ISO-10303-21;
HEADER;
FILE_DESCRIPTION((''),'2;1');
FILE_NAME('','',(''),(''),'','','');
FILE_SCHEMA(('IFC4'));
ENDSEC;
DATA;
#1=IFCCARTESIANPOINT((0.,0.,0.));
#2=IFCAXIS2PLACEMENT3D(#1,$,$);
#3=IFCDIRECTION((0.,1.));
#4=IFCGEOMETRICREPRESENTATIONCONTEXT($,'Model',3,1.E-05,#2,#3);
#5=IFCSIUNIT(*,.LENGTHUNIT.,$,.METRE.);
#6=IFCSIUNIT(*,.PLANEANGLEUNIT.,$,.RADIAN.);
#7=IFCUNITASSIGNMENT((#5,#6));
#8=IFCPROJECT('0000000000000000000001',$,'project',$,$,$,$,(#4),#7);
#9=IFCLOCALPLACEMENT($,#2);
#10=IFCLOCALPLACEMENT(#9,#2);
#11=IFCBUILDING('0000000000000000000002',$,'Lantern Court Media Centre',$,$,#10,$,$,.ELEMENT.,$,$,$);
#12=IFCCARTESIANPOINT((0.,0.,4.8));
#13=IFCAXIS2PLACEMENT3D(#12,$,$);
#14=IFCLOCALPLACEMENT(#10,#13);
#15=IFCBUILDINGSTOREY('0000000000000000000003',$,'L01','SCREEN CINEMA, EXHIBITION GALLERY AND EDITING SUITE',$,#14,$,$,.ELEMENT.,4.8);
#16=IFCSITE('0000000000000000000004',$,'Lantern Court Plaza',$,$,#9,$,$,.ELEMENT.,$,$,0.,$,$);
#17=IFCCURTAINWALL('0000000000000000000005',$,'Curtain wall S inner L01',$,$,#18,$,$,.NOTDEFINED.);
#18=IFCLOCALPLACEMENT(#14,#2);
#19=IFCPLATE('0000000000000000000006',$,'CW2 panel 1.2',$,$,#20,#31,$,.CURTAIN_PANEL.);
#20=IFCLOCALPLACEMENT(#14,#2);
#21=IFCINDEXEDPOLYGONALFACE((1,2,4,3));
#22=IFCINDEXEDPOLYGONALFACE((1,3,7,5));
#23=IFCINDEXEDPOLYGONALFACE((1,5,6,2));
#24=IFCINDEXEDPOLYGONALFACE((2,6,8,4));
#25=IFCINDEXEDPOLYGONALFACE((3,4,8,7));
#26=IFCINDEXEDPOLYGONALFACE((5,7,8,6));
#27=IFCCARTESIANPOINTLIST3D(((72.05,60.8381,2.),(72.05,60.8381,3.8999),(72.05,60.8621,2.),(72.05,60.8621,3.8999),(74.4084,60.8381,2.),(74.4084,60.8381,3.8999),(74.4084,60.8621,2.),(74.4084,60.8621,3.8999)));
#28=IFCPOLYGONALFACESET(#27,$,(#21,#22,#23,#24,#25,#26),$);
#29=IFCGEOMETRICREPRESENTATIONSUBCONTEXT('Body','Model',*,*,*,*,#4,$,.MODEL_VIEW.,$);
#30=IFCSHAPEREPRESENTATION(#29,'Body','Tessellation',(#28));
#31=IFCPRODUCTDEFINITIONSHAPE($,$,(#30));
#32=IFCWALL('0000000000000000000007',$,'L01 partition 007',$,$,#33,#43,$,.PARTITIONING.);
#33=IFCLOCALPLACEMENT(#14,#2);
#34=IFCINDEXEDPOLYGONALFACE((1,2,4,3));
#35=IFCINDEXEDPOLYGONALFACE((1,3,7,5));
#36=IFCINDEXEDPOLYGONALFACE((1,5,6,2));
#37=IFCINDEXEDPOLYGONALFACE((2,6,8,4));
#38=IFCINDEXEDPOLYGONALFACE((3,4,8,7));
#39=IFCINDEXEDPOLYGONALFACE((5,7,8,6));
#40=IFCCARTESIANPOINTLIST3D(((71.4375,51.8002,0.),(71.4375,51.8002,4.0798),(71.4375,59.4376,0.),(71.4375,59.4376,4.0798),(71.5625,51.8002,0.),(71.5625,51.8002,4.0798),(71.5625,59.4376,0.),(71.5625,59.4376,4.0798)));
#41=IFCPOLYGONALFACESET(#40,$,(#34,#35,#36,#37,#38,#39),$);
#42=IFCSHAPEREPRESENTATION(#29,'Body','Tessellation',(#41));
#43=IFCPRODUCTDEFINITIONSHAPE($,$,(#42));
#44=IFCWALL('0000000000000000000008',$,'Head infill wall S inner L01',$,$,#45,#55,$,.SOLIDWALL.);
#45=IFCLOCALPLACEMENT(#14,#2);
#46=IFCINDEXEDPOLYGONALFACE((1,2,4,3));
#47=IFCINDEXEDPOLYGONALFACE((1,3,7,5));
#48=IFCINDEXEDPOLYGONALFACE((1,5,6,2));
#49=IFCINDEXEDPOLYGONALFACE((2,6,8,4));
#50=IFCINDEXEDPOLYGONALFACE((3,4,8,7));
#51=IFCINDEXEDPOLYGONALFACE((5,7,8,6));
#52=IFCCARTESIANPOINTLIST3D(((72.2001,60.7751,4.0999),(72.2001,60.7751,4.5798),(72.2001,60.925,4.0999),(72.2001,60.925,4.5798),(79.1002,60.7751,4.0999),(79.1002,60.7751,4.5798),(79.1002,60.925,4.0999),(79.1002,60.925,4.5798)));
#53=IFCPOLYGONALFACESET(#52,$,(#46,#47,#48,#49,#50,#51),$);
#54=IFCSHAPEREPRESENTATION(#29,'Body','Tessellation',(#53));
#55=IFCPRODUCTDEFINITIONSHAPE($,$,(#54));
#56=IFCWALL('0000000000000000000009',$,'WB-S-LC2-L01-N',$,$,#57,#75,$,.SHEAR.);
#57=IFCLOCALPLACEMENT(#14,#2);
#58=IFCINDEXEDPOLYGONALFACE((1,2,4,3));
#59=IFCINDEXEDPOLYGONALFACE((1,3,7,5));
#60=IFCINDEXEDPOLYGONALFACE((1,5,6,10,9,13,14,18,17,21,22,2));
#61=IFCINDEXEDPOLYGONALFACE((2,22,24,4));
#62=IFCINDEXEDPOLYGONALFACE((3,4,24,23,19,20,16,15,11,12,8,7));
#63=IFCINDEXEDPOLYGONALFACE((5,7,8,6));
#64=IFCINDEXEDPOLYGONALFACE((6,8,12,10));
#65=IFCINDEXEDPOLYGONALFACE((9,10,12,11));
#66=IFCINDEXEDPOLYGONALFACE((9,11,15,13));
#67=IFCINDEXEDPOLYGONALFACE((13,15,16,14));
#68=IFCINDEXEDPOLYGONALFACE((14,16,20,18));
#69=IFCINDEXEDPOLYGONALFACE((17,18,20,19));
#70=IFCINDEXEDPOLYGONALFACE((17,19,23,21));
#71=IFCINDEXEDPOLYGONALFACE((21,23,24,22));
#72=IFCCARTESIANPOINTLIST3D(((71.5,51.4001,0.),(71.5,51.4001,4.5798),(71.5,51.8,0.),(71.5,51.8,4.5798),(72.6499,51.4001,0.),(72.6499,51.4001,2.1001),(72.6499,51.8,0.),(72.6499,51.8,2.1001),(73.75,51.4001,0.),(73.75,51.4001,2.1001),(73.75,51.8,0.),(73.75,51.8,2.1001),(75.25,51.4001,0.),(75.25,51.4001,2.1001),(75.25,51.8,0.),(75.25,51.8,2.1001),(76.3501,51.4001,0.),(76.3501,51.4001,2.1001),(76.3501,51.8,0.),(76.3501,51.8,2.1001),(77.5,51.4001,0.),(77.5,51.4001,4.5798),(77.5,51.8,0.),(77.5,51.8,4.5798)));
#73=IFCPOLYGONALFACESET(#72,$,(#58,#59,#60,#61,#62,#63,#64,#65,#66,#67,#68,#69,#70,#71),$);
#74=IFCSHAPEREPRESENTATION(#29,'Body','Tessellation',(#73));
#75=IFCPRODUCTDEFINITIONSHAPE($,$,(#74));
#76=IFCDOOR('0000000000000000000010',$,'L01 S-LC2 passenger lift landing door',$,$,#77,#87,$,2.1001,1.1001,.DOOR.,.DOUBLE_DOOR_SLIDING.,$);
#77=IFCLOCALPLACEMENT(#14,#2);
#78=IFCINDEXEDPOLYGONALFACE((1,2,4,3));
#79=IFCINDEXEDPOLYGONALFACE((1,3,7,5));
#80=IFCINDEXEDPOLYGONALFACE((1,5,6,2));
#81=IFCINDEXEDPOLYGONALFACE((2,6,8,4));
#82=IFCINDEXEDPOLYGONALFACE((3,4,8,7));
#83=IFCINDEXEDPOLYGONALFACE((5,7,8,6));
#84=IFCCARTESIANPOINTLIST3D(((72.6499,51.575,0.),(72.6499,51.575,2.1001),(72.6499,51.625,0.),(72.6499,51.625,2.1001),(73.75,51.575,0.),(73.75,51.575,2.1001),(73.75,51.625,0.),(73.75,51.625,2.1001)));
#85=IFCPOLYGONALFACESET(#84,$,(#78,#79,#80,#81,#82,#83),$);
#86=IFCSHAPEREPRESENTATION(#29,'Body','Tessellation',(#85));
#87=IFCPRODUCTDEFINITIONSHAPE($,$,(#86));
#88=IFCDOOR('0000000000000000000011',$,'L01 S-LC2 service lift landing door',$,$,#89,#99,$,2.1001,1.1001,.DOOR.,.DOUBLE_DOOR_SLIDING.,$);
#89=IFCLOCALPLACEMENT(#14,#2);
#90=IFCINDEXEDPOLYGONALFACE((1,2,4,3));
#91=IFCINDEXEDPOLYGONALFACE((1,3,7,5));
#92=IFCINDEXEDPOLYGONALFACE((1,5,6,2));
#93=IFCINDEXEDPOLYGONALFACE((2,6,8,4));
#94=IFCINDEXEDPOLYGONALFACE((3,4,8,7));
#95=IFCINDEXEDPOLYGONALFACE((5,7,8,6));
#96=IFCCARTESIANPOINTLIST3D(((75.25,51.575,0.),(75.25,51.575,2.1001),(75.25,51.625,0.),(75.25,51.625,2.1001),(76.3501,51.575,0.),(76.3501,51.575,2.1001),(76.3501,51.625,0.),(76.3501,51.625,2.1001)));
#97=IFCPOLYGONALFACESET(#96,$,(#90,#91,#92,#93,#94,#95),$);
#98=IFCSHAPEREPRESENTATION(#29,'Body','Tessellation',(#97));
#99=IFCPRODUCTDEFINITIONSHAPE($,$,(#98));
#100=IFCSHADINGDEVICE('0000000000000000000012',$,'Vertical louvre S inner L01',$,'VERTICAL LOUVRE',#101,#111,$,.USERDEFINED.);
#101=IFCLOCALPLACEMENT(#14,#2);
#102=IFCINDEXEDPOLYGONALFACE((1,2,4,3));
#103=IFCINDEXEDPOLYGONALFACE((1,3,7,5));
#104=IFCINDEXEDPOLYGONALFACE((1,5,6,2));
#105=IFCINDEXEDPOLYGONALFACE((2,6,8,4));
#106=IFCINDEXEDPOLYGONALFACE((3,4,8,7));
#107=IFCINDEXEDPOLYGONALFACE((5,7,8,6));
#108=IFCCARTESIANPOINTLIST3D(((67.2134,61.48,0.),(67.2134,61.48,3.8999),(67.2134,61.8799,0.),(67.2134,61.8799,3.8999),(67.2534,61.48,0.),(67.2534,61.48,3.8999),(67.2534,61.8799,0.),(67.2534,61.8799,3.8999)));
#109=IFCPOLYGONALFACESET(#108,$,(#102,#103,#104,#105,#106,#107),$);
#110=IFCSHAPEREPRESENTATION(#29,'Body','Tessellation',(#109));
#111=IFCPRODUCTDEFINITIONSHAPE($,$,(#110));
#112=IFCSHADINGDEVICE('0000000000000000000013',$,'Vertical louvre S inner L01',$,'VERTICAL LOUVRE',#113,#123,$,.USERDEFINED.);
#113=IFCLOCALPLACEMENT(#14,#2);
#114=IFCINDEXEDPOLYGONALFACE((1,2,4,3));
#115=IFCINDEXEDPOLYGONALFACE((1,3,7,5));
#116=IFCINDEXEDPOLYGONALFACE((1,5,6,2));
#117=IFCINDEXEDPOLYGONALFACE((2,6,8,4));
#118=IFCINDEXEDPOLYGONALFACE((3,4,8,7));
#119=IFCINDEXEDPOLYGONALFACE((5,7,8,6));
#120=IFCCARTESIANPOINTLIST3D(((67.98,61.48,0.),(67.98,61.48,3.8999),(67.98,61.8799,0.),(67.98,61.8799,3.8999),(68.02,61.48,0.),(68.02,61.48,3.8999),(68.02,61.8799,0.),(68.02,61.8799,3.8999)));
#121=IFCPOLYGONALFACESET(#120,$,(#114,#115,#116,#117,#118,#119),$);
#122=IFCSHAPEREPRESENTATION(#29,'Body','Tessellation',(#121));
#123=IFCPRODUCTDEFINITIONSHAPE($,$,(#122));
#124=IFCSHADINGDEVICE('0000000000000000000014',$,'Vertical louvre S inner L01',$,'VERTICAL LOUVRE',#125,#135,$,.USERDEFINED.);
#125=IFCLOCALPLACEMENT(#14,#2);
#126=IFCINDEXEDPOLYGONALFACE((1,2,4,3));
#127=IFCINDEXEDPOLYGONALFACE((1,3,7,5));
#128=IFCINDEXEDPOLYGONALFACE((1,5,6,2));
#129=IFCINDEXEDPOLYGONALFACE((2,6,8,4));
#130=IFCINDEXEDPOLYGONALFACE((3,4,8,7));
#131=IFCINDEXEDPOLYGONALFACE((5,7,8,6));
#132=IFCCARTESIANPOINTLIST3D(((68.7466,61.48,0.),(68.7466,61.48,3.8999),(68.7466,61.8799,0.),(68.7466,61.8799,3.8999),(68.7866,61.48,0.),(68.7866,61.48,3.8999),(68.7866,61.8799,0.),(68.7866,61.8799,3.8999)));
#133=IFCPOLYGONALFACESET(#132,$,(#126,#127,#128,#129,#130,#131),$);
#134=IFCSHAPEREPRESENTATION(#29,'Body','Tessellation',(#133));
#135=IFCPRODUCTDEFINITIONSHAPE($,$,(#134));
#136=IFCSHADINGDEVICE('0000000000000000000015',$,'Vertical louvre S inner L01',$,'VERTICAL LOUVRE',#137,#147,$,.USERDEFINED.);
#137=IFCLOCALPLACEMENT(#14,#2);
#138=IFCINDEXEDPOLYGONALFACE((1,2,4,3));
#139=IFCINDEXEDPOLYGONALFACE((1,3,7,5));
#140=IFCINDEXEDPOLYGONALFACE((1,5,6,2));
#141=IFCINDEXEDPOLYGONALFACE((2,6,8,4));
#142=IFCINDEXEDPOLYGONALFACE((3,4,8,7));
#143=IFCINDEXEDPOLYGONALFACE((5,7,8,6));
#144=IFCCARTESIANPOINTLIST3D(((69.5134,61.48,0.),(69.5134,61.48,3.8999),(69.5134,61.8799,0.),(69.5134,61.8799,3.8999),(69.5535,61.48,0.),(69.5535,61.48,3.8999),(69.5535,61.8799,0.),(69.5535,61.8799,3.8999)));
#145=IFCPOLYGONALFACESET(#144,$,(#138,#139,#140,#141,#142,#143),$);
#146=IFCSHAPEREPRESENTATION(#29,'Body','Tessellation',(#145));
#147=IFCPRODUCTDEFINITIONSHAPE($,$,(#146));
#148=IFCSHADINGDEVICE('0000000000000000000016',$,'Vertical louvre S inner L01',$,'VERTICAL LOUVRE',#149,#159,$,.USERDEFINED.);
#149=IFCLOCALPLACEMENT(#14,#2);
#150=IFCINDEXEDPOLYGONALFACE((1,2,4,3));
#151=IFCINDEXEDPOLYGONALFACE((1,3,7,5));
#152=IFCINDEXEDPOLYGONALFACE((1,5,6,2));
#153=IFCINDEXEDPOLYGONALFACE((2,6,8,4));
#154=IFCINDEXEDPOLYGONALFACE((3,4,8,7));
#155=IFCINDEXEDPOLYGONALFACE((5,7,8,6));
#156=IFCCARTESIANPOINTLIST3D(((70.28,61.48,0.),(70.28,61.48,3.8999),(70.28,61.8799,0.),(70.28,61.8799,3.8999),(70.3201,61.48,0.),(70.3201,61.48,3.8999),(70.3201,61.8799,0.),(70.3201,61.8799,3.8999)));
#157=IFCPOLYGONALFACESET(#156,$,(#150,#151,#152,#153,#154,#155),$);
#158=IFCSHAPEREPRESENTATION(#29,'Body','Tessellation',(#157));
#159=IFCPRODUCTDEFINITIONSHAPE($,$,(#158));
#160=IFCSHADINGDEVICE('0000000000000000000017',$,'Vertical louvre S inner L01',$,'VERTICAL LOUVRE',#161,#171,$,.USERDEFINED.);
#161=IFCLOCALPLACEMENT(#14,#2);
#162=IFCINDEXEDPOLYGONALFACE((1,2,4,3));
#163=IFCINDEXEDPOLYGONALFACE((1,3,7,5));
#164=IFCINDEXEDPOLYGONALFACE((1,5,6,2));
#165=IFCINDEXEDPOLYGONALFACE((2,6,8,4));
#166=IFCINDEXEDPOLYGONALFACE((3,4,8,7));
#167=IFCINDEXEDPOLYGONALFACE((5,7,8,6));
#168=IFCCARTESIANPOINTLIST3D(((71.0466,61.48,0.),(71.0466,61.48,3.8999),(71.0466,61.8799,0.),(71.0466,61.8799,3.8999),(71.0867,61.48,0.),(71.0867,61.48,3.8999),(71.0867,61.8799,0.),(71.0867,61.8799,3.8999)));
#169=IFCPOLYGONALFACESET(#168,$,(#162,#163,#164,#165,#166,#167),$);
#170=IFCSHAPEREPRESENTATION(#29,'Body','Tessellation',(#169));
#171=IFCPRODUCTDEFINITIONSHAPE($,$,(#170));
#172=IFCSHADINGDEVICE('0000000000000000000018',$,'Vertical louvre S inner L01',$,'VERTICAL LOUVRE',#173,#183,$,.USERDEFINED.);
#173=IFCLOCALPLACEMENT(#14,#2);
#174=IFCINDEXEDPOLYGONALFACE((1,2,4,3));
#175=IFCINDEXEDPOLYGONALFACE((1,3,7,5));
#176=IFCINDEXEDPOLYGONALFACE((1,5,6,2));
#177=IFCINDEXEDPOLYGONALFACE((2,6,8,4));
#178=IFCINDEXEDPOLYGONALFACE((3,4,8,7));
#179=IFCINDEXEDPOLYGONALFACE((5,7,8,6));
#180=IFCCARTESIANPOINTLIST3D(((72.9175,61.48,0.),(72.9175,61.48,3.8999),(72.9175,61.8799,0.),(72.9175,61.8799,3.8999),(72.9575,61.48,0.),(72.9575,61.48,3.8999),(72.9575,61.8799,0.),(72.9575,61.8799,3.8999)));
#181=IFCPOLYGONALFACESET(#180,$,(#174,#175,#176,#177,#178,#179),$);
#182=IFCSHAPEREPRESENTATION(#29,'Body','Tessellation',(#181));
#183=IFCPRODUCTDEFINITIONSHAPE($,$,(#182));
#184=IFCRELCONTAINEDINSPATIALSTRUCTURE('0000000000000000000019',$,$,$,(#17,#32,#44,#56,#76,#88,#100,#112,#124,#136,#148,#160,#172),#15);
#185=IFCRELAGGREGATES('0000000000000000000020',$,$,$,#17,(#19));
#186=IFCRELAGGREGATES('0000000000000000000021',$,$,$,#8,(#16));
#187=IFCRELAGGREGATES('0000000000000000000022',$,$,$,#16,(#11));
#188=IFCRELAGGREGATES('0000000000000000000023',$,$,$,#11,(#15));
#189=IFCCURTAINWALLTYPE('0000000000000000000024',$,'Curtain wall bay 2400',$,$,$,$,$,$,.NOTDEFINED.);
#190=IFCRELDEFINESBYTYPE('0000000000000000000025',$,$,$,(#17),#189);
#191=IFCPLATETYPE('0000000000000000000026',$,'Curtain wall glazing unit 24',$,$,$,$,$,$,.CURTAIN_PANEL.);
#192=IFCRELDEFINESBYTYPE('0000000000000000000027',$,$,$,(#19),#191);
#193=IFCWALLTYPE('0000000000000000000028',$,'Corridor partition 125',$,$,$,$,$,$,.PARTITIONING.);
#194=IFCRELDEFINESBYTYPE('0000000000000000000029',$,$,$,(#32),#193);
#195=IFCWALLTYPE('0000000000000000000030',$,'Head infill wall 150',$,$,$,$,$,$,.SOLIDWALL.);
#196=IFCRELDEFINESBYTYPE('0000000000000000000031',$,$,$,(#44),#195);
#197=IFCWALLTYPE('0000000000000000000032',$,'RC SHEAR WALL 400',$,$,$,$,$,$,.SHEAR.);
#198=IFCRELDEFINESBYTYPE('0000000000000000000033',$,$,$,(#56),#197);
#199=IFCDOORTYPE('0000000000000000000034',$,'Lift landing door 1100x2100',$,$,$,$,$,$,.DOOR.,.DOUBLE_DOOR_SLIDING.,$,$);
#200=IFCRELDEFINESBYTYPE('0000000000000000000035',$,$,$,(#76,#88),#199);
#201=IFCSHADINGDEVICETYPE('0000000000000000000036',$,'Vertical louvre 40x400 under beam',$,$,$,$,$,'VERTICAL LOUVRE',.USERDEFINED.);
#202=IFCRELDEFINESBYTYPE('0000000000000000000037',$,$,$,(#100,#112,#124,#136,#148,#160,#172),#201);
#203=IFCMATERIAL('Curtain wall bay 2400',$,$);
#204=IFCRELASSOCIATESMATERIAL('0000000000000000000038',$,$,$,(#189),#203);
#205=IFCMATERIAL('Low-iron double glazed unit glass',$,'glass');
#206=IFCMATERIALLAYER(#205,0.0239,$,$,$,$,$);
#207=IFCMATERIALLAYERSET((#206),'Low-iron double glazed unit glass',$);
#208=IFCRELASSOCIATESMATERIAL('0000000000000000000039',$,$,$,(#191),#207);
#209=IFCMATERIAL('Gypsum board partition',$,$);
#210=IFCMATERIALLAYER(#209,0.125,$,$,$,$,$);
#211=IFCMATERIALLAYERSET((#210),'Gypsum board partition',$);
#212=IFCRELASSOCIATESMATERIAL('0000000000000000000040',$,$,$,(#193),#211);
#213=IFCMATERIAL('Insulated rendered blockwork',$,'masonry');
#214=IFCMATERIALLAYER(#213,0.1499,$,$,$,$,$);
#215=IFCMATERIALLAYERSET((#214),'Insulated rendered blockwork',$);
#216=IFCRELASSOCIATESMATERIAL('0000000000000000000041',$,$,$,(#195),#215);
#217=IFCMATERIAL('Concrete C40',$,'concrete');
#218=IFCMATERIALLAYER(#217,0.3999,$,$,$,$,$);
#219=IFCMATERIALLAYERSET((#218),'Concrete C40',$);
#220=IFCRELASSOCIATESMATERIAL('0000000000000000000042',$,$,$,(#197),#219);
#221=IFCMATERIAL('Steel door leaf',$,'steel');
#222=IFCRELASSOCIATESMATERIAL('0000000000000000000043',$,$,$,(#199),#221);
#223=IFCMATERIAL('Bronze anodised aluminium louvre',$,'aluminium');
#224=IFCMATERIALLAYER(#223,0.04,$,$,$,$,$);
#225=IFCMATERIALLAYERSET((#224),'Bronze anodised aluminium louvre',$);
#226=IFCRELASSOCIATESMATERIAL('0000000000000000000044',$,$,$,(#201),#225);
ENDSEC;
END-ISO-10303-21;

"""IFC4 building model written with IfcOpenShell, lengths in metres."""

from ifc_helpers import new_model, si_unit, direction, frame, frame_2d, origin, origin_2d, place, context, subcontext, project, spatial, rectangle, extrude, material, layer, layer_set, type_object, element, fill, aggregate, save


model = new_model("IFC4")

# Units and contexts
model_context = context("Model", 3, precision=1e-05, world=origin(), true_north=direction((0.0, 1.0)))
body_context = subcontext(model_context, "Body", "Model", "MODEL_VIEW")
ifc_project = project(units=[si_unit("LENGTHUNIT", "METRE"), si_unit("PLANEANGLEUNIT", "RADIAN")], contexts=[model_context])

# Site, building, storey
site_placement = place(None, origin())
site = spatial("IfcSite", under=ifc_project, at=site_placement, Name="Lantern Court Plaza", CompositionType="ELEMENT", RefElevation=0.0)
building_placement = place(site_placement, origin())
building = spatial("IfcBuilding", under=site, at=building_placement, Name="Lantern Court Media Centre", CompositionType="ELEMENT")
storey_placement = place(building_placement, frame((0.0, 0.0, 4.8)))
storey = spatial("IfcBuildingStorey", under=building, at=storey_placement, Name="L01", Description="SCREEN CINEMA, EXHIBITION GALLERY AND EDITING SUITE", CompositionType="ELEMENT", Elevation=4.8)

# Shared definitions
ifc_material_1 = material(Name="Curtain wall bay 2400")
curtain_wall_type = type_object("IfcCurtainWallType", Name="Curtain wall bay 2400", PredefinedType="NOTDEFINED", material=ifc_material_1)

# Curtain wall
curtain_wall_1_placement = place(storey_placement, origin())
curtain_wall_1 = element("IfcCurtainWall", 1, at=curtain_wall_1_placement, inside=storey, type_object=curtain_wall_type, Name="Curtain wall S inner L01", PredefinedType="NOTDEFINED")

# Plate
ifc_material_2 = material(Name="Low-iron double glazed unit glass", Category="glass")
ifc_layer_1 = layer(ifc_material_2, 0.0239)
ifc_layer_set_1 = layer_set([ifc_layer_1], Name="Low-iron double glazed unit glass")
plate_type = type_object("IfcPlateType", Name="Curtain wall glazing unit 24", PredefinedType="CURTAIN_PANEL", material=ifc_layer_set_1)
plate_1_placement = place(storey_placement, frame((73.2292, 60.8501, 2.0), z_axis=(0.0, 0.0, 1.0), x_axis=(1.0, 0.0, 0.0)))
plate_1 = element("IfcPlate", 2, at=plate_1_placement, type_object=plate_type, Name="CW2 panel 1.2", PredefinedType="CURTAIN_PANEL", context=body_context, shape_type="SweptSolid", body=[
    extrude(rectangle(XDim=2.3584, YDim=0.0239, at=origin_2d()), origin(), (0.0, 0.0, 1.0), 1.8999),
])
aggregate(curtain_wall_1, [plate_1])

# Walls
ifc_material_3 = material(Name="Gypsum board partition")
ifc_layer_2 = layer(ifc_material_3, 0.125)
ifc_layer_set_2 = layer_set([ifc_layer_2], Name="Gypsum board partition")
wall_type_1 = type_object("IfcWallType", Name="Corridor partition 125", PredefinedType="PARTITIONING", material=ifc_layer_set_2)
wall_1_placement = place(storey_placement, frame((71.5, 51.8, 0.0), z_axis=(0.0, 0.0, 1.0), x_axis=(0.0, 1.0, 0.0)))
element("IfcWall", 3, at=wall_1_placement, inside=storey, type_object=wall_type_1, Name="L01 partition 007", PredefinedType="PARTITIONING", context=body_context, shape_type="SweptSolid", body=[
    extrude(rectangle(XDim=7.6375, YDim=0.125, at=frame_2d((3.8188, 0.0))), origin(), (0.0, 0.0, 1.0), 4.0798),
])
ifc_material_4 = material(Name="Insulated rendered blockwork", Category="masonry")
ifc_layer_3 = layer(ifc_material_4, 0.1499)
ifc_layer_set_3 = layer_set([ifc_layer_3], Name="Insulated rendered blockwork")
wall_type_2 = type_object("IfcWallType", Name="Head infill wall 150", PredefinedType="SOLIDWALL", material=ifc_layer_set_3)
wall_2_placement = place(storey_placement, frame((72.2, 60.8501, 4.0999), z_axis=(0.0, 0.0, 1.0), x_axis=(1.0, 0.0, 0.0)))
element("IfcWall", 4, at=wall_2_placement, inside=storey, type_object=wall_type_2, Name="Head infill wall S inner L01", PredefinedType="SOLIDWALL", context=body_context, shape_type="SweptSolid", body=[
    extrude(rectangle(XDim=6.9001, YDim=0.1499, at=frame_2d((3.4502, 0.0))), origin(), (0.0, 0.0, 1.0), 0.48),
])

# Wall, openings, doors
ifc_material_5 = material(Name="Concrete C40", Category="concrete")
ifc_layer_4 = layer(ifc_material_5, 0.3999)
ifc_layer_set_4 = layer_set([ifc_layer_4], Name="Concrete C40")
wall_type_3 = type_object("IfcWallType", Name="RC SHEAR WALL 400", PredefinedType="SHEAR", material=ifc_layer_set_4)
wall_3_placement = place(storey_placement, frame((71.5, 51.6001, 0.0), z_axis=(0.0, 0.0, 1.0), x_axis=(1.0, 0.0, 0.0)))
wall_3 = element("IfcWall", 5, at=wall_3_placement, inside=storey, type_object=wall_type_3, Name="WB-S-LC2-L01-N", PredefinedType="SHEAR", context=body_context, shape_type="SweptSolid", body=[
    extrude(rectangle(XDim=6.0, YDim=0.3999, at=frame_2d((3.0, 0.0))), origin(), (0.0, 0.0, 1.0), 4.5798),
])
opening_1_placement = place(wall_3_placement, frame((1.1499, 0.0, 0.0)))
opening_1 = element("IfcOpeningElement", 6, at=opening_1_placement, cuts=wall_3, PredefinedType="OPENING", context=body_context, shape_type="SweptSolid", body=[
    extrude(rectangle(XDim=1.1001, YDim=2.1001, at=frame_2d((0.55, 1.05))), frame((0.0, 0.21, 0.0), z_axis=(0.0, -1.0, 0.0), x_axis=(1.0, 0.0, 0.0)), (0.0, 0.0, 1.0), 0.4199),
])
opening_2_placement = place(wall_3_placement, frame((3.75, 0.0, 0.0)))
opening_2 = element("IfcOpeningElement", 7, at=opening_2_placement, cuts=wall_3, PredefinedType="OPENING", context=body_context, shape_type="SweptSolid", body=[
    extrude(rectangle(XDim=1.1001, YDim=2.1001, at=frame_2d((0.55, 1.05))), frame((0.0, 0.21, 0.0), z_axis=(0.0, -1.0, 0.0), x_axis=(1.0, 0.0, 0.0)), (0.0, 0.0, 1.0), 0.4199),
])
ifc_material_6 = material(Name="Steel door leaf", Category="steel")
door_type = type_object("IfcDoorType", Name="Lift landing door 1100x2100", OperationType="DOUBLE_DOOR_SLIDING", PredefinedType="DOOR", material=ifc_material_6)
door_1_placement = place(opening_1_placement, origin())
door_1 = element("IfcDoor", 8, at=door_1_placement, inside=storey, type_object=door_type, Name="L01 S-LC2 passenger lift landing door", OperationType="DOUBLE_DOOR_SLIDING", OverallHeight=2.1001, OverallWidth=1.1001, PredefinedType="DOOR", context=body_context, shape_type="SweptSolid", body=[
    extrude(rectangle(XDim=1.1001, YDim=2.1001, at=frame_2d((0.55, 1.05))), frame((0.0, 0.0249, 0.0), z_axis=(0.0, -1.0, 0.0), x_axis=(1.0, 0.0, 0.0)), (0.0, 0.0, 1.0), 0.05),
])
fill(opening_1, door_1)
door_2_placement = place(opening_2_placement, origin())
door_2 = element("IfcDoor", 9, at=door_2_placement, inside=storey, type_object=door_type, Name="L01 S-LC2 service lift landing door", OperationType="DOUBLE_DOOR_SLIDING", OverallHeight=2.1001, OverallWidth=1.1001, PredefinedType="DOOR", context=body_context, shape_type="SweptSolid", body=[
    extrude(rectangle(XDim=1.1001, YDim=2.1001, at=frame_2d((0.55, 1.05))), frame((0.0, 0.0249, 0.0), z_axis=(0.0, -1.0, 0.0), x_axis=(1.0, 0.0, 0.0)), (0.0, 0.0, 1.0), 0.05),
])
fill(opening_2, door_2)

# Shading devices
ifc_material_7 = material(Name="Bronze anodised aluminium louvre", Category="aluminium")
ifc_layer_5 = layer(ifc_material_7, 0.04)
ifc_layer_set_5 = layer_set([ifc_layer_5], Name="Bronze anodised aluminium louvre")
shading_device_type = type_object("IfcShadingDeviceType", Name="Vertical louvre 40x400 under beam", ElementType="VERTICAL LOUVRE", PredefinedType="USERDEFINED", material=ifc_layer_set_5)
for number, where, z_axis, x_axis, name in (
    (10, (67.2334, 61.6799, 0.0), (0.0, 0.0, 1.0), (1.0, 0.0, 0.0), "Vertical louvre S inner L01"),
    (11, (68.0, 61.6799, 0.0), (0.0, 0.0, 1.0), (1.0, 0.0, 0.0), "Vertical louvre S inner L01"),
    (12, (68.7666, 61.6799, 0.0), (0.0, 0.0, 1.0), (1.0, 0.0, 0.0), "Vertical louvre S inner L01"),
    (13, (69.5334, 61.6799, 0.0), (0.0, 0.0, 1.0), (1.0, 0.0, 0.0), "Vertical louvre S inner L01"),
    (14, (70.3, 61.6799, 0.0), (0.0, 0.0, 1.0), (1.0, 0.0, 0.0), "Vertical louvre S inner L01"),
    (15, (71.0667, 61.6799, 0.0), (0.0, 0.0, 1.0), (1.0, 0.0, 0.0), "Vertical louvre S inner L01"),
    (16, (72.9375, 61.6799, 0.0), (0.0, 0.0, 1.0), (1.0, 0.0, 0.0), "Vertical louvre S inner L01"),
):
    element("IfcShadingDevice", number, at=place(storey_placement, frame(where, z_axis=z_axis, x_axis=x_axis)), inside=storey, type_object=shading_device_type, Name=name, ObjectType="VERTICAL LOUVRE", PredefinedType="USERDEFINED", context=body_context, shape_type="SweptSolid", body=[
        extrude(rectangle(XDim=0.04, YDim=0.3999, at=origin_2d()), origin(), (0.0, 0.0, 1.0), 3.8999),
    ])

save(model, "model.ifc")
